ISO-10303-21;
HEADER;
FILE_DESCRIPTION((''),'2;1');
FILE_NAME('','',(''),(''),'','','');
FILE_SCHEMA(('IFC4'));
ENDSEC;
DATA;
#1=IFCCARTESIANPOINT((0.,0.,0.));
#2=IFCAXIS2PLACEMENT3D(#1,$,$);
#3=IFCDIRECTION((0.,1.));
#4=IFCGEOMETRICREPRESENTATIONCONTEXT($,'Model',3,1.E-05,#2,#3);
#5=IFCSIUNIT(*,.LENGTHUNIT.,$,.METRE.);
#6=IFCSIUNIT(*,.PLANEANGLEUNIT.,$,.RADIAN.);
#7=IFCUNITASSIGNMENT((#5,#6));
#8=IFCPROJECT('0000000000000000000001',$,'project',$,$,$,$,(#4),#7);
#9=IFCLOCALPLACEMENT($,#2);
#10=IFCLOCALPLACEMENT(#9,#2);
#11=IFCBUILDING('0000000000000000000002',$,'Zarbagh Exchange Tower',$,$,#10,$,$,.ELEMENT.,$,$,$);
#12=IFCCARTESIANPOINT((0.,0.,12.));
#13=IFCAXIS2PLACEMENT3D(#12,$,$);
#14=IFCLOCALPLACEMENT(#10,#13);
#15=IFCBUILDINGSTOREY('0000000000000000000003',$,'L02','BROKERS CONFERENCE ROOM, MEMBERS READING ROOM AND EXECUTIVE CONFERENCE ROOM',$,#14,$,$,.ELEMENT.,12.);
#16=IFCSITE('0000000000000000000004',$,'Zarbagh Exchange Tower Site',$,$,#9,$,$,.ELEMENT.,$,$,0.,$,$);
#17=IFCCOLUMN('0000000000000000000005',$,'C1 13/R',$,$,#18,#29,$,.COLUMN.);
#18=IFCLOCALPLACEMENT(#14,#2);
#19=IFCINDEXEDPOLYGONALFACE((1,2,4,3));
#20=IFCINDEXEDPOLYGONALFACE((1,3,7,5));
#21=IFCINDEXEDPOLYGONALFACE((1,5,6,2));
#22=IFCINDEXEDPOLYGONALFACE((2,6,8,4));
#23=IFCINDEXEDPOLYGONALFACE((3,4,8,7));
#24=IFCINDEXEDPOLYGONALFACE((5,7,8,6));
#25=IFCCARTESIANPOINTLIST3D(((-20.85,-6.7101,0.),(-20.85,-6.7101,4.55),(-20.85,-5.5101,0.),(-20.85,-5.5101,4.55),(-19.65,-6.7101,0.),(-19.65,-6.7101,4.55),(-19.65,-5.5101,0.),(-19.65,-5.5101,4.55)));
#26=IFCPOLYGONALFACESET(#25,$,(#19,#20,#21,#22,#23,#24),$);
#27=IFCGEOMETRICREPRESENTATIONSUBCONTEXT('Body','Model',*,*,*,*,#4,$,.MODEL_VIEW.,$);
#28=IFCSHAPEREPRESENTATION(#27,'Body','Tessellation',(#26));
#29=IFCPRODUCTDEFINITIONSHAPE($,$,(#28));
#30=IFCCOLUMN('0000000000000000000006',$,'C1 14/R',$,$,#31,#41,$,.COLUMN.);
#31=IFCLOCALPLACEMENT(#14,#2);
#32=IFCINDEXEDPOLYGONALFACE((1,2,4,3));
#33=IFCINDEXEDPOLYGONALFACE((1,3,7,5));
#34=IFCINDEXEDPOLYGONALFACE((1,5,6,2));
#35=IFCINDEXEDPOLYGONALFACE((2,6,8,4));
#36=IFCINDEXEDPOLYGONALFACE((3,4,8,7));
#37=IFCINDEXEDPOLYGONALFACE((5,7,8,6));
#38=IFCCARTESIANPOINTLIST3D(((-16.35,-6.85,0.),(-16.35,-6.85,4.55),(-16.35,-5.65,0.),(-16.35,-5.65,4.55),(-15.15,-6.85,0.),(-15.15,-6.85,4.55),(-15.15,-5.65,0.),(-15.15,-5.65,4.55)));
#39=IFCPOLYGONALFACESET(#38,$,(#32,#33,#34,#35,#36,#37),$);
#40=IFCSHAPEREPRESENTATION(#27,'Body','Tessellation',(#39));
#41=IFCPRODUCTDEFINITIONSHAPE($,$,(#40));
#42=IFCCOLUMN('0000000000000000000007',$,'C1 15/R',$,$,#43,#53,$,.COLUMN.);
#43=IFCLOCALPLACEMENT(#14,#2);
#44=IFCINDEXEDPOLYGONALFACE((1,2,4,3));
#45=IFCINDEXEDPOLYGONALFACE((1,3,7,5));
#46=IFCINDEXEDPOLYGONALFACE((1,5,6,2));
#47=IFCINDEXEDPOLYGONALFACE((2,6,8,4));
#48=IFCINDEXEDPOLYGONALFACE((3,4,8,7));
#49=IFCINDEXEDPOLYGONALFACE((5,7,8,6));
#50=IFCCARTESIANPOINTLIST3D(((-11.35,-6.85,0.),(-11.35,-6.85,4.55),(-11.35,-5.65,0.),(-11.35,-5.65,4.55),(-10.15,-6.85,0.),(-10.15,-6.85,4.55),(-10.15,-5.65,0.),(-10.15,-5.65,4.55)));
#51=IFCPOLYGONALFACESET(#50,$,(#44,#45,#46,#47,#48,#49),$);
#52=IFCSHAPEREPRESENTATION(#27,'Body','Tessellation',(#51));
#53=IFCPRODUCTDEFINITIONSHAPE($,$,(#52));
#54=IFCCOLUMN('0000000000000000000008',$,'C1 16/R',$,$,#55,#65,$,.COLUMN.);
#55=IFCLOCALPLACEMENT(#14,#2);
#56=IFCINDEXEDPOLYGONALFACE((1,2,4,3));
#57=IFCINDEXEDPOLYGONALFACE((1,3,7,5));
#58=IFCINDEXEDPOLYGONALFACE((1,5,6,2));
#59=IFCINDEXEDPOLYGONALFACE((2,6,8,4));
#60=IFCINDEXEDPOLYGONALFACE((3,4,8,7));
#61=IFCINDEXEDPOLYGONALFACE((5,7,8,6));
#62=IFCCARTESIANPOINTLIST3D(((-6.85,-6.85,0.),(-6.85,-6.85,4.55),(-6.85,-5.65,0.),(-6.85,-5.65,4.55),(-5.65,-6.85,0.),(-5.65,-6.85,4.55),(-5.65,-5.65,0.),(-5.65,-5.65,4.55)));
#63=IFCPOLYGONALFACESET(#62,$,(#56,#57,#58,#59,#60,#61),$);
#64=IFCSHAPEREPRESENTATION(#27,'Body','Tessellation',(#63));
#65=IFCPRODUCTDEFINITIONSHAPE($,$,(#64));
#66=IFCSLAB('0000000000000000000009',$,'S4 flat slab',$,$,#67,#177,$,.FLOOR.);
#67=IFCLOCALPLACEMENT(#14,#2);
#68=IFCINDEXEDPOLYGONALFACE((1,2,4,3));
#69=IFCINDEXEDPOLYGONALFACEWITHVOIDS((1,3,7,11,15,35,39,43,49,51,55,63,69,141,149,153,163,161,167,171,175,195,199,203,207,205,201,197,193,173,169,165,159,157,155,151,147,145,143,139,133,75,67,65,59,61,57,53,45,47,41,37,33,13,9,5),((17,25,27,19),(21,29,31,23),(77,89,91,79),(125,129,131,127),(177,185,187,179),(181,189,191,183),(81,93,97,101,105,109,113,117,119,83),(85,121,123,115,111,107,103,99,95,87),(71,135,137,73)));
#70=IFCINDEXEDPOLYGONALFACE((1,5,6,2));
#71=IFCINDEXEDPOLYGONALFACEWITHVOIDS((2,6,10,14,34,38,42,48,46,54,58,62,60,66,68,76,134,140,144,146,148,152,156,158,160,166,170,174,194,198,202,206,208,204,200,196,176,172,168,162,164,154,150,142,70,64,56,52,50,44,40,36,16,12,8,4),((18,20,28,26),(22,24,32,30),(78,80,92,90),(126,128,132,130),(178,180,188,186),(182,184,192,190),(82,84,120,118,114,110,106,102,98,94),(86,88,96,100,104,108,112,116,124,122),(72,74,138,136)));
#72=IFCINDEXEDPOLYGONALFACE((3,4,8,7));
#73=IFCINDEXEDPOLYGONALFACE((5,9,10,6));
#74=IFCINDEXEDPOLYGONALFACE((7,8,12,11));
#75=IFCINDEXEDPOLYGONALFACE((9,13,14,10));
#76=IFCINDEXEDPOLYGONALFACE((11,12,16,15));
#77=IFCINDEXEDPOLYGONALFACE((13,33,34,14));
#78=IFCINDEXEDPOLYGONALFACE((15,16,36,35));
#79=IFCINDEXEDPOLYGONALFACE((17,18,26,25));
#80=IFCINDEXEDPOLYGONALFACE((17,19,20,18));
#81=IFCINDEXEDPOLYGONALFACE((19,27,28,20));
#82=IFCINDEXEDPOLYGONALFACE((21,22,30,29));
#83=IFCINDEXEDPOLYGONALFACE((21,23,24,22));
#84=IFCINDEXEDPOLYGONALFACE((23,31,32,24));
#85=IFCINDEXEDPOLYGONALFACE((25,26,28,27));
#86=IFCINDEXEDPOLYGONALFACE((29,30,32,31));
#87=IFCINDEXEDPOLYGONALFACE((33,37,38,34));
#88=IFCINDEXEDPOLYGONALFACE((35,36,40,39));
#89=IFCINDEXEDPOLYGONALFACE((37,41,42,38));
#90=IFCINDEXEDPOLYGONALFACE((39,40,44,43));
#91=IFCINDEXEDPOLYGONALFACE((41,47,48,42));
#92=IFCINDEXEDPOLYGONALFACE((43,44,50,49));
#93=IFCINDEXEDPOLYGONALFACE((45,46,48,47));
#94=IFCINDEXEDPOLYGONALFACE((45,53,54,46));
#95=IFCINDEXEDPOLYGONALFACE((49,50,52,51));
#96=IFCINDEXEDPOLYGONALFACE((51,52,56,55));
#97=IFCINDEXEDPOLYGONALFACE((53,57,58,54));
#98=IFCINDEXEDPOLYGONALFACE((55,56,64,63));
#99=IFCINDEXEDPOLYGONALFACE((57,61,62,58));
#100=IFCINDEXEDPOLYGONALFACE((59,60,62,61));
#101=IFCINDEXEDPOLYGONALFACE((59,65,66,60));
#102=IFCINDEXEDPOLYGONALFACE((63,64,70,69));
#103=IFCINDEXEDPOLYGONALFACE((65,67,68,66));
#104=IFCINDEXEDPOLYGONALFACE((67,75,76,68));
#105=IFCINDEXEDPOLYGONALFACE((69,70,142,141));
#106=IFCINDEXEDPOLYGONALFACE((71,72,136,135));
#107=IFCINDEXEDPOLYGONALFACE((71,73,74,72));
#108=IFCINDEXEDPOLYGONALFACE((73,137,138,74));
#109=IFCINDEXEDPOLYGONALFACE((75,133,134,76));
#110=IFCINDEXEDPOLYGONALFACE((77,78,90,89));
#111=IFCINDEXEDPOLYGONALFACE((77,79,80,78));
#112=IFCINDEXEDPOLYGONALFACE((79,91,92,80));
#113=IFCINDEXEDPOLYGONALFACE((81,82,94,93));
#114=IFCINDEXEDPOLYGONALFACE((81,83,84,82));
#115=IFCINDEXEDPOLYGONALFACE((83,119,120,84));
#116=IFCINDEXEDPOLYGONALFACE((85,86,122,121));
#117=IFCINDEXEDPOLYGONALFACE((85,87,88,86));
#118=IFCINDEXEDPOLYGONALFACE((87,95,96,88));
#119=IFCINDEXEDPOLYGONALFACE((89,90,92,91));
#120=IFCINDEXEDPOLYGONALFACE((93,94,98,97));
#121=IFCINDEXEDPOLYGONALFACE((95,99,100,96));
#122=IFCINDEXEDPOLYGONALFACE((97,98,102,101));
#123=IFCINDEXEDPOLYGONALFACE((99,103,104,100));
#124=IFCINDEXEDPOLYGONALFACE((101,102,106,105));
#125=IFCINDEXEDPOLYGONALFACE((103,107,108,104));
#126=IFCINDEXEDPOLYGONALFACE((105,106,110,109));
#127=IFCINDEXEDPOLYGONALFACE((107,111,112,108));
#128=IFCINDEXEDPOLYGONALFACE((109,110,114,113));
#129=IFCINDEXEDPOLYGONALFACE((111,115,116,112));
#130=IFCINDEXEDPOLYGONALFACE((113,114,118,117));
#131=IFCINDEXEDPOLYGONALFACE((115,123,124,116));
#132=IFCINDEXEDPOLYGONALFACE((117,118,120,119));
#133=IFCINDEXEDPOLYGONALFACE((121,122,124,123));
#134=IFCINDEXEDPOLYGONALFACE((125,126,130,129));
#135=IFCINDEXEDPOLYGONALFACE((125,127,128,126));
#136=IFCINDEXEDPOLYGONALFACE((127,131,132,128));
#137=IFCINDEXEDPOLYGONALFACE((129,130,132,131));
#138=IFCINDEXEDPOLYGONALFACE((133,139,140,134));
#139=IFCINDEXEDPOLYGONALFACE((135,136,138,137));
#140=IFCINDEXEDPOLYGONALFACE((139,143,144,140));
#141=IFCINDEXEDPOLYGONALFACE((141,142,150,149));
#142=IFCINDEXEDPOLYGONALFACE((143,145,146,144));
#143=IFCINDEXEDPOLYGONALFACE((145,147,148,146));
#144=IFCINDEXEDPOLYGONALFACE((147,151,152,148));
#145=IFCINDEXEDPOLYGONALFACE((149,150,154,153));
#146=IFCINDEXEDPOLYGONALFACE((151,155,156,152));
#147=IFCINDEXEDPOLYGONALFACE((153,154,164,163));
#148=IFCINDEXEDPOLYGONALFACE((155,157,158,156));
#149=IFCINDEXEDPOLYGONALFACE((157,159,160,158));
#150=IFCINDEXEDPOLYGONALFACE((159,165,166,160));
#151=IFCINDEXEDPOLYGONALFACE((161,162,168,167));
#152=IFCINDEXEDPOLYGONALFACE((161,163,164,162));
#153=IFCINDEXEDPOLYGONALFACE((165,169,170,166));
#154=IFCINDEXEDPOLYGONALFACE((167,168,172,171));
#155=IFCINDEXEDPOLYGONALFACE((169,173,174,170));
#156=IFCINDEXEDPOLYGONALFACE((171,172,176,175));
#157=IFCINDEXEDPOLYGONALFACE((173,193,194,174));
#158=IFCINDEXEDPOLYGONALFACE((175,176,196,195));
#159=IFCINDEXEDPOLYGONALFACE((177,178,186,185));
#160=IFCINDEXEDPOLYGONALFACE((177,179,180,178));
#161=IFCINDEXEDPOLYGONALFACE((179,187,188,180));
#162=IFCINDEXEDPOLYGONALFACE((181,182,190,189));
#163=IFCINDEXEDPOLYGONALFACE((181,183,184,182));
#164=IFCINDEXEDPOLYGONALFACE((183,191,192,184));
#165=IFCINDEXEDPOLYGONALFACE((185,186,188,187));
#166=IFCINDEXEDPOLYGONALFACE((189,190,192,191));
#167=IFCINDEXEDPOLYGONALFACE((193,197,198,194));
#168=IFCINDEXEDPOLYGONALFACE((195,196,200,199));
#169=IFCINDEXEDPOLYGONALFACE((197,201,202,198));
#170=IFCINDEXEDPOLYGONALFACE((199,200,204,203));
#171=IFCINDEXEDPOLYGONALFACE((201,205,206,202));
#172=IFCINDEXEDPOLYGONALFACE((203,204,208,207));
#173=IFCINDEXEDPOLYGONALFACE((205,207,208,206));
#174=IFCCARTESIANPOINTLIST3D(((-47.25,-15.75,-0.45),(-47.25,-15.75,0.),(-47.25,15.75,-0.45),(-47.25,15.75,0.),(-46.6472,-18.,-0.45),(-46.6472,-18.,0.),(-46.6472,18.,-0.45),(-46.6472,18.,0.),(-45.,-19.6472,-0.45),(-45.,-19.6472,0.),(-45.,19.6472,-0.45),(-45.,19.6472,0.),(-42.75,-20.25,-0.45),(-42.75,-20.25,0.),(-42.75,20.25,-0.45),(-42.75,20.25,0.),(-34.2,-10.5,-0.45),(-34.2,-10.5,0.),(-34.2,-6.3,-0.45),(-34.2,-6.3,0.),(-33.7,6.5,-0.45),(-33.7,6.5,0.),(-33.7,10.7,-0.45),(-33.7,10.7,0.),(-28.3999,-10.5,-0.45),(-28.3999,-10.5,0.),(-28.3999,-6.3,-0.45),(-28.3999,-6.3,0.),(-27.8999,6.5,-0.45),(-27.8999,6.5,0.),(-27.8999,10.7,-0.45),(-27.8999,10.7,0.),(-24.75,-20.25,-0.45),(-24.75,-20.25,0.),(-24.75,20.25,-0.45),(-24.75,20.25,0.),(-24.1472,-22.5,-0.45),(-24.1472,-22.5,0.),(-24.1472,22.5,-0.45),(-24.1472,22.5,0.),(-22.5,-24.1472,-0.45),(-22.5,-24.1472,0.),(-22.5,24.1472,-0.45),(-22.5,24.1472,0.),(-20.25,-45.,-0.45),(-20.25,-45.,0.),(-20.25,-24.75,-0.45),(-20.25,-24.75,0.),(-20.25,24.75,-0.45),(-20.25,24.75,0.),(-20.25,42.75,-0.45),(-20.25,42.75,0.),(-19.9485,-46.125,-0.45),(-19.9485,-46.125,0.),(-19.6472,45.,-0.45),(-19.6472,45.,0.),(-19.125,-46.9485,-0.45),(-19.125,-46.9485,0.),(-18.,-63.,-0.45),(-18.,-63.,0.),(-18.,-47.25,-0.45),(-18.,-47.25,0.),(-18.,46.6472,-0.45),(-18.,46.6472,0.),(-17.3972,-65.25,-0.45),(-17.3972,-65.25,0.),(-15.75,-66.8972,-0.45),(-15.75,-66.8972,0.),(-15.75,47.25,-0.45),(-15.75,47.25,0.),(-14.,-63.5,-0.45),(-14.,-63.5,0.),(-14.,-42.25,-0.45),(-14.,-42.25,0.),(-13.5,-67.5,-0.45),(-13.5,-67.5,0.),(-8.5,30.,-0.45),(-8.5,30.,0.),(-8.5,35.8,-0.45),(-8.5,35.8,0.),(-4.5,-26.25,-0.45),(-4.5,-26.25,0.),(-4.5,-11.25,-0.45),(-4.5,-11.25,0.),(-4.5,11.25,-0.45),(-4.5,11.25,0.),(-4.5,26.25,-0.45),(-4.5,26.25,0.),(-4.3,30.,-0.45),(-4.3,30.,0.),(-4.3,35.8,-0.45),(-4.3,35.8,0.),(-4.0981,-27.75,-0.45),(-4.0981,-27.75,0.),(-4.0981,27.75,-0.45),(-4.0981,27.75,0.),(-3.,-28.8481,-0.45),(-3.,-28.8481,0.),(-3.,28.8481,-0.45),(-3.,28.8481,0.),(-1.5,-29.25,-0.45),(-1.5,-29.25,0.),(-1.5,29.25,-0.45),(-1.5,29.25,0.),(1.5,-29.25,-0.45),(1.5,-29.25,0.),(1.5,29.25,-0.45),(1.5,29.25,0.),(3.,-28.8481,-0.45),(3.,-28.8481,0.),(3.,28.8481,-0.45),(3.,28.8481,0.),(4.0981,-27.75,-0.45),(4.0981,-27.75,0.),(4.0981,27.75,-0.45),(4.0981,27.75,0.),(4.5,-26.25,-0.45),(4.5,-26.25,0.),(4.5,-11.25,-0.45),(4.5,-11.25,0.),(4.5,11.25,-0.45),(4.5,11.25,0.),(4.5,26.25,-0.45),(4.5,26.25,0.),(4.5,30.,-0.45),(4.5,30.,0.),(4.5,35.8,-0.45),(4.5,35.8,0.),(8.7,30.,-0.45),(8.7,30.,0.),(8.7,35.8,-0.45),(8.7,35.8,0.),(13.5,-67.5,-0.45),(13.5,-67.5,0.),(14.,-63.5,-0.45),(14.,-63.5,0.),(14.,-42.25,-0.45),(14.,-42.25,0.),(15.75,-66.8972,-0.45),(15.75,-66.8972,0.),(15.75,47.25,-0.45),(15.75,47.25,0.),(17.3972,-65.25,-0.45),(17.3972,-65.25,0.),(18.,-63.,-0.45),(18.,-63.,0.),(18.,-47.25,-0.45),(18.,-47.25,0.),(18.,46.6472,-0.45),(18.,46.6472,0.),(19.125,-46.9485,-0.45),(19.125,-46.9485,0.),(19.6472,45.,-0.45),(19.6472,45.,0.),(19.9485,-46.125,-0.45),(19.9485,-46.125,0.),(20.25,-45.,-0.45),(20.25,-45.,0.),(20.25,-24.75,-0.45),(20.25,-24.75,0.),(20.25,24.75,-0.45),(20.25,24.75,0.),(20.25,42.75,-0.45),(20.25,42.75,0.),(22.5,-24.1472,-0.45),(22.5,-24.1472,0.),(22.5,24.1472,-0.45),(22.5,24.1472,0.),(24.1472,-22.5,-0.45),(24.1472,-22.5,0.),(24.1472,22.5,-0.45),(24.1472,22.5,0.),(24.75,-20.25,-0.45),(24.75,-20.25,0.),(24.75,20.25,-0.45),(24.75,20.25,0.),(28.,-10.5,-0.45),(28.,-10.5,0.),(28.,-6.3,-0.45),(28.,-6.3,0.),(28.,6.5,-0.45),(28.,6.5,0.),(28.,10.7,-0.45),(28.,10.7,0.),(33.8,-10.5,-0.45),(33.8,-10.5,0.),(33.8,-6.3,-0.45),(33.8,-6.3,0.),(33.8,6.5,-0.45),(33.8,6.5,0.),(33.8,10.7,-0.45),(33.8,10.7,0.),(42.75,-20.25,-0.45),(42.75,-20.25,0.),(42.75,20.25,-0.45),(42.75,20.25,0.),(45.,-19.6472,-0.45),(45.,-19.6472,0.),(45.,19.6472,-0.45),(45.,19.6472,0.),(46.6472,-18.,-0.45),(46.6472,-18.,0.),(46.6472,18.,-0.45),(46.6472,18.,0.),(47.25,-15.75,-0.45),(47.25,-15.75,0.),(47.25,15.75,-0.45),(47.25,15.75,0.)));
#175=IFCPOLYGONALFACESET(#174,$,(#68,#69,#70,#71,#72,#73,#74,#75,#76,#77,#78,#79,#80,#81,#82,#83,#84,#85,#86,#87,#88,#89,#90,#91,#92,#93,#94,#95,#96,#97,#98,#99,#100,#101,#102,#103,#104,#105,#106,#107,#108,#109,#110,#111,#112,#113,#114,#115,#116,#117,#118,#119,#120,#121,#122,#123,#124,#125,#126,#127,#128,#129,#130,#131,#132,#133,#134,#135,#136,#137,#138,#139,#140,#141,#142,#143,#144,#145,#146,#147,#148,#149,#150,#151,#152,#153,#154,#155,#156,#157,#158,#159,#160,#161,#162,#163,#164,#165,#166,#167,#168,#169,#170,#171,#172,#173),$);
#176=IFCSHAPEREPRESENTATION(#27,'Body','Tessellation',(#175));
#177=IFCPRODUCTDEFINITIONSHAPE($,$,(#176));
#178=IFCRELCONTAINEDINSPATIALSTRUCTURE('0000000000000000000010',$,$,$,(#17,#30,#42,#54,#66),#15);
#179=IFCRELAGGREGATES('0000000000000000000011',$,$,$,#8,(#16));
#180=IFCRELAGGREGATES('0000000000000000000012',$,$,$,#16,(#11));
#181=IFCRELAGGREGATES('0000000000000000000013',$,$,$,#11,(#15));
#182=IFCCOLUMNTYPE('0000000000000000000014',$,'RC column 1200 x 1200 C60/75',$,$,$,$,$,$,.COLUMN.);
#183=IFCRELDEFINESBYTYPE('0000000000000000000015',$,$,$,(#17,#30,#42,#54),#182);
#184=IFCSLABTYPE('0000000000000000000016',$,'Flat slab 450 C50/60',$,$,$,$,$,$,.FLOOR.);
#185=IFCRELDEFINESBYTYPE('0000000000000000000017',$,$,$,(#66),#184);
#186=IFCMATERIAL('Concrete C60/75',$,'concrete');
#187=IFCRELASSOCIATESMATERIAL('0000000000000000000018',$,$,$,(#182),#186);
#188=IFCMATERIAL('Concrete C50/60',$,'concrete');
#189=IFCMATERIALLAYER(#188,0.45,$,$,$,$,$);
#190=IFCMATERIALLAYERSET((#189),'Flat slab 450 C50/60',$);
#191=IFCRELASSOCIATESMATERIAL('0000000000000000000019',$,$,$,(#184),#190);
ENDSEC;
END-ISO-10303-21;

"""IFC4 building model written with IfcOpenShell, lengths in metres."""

from ifc_helpers import new_model, si_unit, direction, frame, origin, origin_2d, place, context, subcontext, project, spatial, polyline, rectangle, outline, extrude, material, layer, layer_set, material_profile, profile_set, type_object, element, save


model = new_model("IFC4")

# Units and contexts
model_context = context("Model", 3, precision=1e-05, world=origin(), true_north=direction((0.0, 1.0)))
body_context = subcontext(model_context, "Body", "Model", "MODEL_VIEW")
ifc_project = project(units=[si_unit("LENGTHUNIT", "METRE"), si_unit("PLANEANGLEUNIT", "RADIAN")], contexts=[model_context])

# Site, building, storey
site_placement = place(None, origin())
site = spatial("IfcSite", under=ifc_project, at=site_placement, Name="Zarbagh Exchange Tower Site", CompositionType="ELEMENT", RefElevation=0.0)
building_placement = place(site_placement, origin())
building = spatial("IfcBuilding", under=site, at=building_placement, Name="Zarbagh Exchange Tower", CompositionType="ELEMENT")
storey_placement = place(building_placement, frame((0.0, 0.0, 12.0)))
storey = spatial("IfcBuildingStorey", under=building, at=storey_placement, Name="L02", Description="BROKERS CONFERENCE ROOM, MEMBERS READING ROOM AND EXECUTIVE CONFERENCE ROOM", CompositionType="ELEMENT", Elevation=12.0)

# Columns
ifc_material_1 = material(Name="Concrete C60/75", Category="concrete")
ifc_material_profile = material_profile(ifc_material_1, rectangle(XDim=1.2, YDim=1.2, at=origin_2d()), Name="RC column 1200 x 1200 C60/75")
ifc_profile_set = profile_set([ifc_material_profile], Name="Concrete C60/75")
column_type = type_object("IfcColumnType", Name="RC column 1200 x 1200 C60/75", PredefinedType="COLUMN", material=ifc_profile_set)
for number, where, z_axis, x_axis, name in (
    (1, (-20.25, -6.1101, 0.0), (0.0, 0.0, 1.0), (1.0, 0.0, 0.0), "C1 13/R"),
    (2, (-15.75, -6.25, 0.0), (0.0, 0.0, 1.0), (1.0, 0.0, 0.0), "C1 14/R"),
    (3, (-10.75, -6.25, 0.0), (0.0, 0.0, 1.0), (1.0, 0.0, 0.0), "C1 15/R"),
    (4, (-6.25, -6.25, 0.0), (0.0, 0.0, 1.0), (1.0, 0.0, 0.0), "C1 16/R"),
):
    element("IfcColumn", number, at=place(storey_placement, frame(where, z_axis=z_axis, x_axis=x_axis)), inside=storey, type_object=column_type, Name=name, PredefinedType="COLUMN", context=body_context, shape_type="SweptSolid", body=[
        extrude(rectangle(XDim=1.2, YDim=1.2, at=origin_2d()), origin(), (0.0, 0.0, 1.0), 4.55),
    ])

# Slab
ifc_material_2 = material(Name="Concrete C50/60", Category="concrete")
ifc_layer_1 = layer(ifc_material_2, 0.45)
ifc_layer_set_1 = layer_set([ifc_layer_1], Name="Flat slab 450 C50/60")
slab_type_1 = type_object("IfcSlabType", Name="Flat slab 450 C50/60", PredefinedType="FLOOR", material=ifc_layer_set_1)
slab_1_placement = place(storey_placement, frame((0.0, 0.0, -0.45)))
element("IfcSlab", 5, at=slab_1_placement, inside=storey, type_object=slab_type_1, Name="S4 flat slab", PredefinedType="FLOOR", context=body_context, shape_type="SweptSolid", body=[
    extrude(outline(polyline([(-17.3972, -65.25), (-18.0, -63.0), (-18.0, -47.25), (-19.125, -46.9485), (-19.9485, -46.125), (-20.25, -45.0), (-20.25, -24.75), (-22.5, -24.1472), (-24.1472, -22.5), (-24.75, -20.25), (-42.75, -20.25), (-45.0, -19.6472), (-46.6472, -18.0), (-47.25, -15.75), (-47.25, 15.75), (-46.6472, 18.0), (-45.0, 19.6472), (-42.75, 20.25), (-24.75, 20.25), (-24.1472, 22.5), (-22.5, 24.1472), (-20.25, 24.75), (-20.25, 42.75), (-19.6472, 45.0), (-18.0, 46.6472), (-15.75, 47.25), (15.75, 47.25), (18.0, 46.6472), (19.6472, 45.0), (20.25, 42.75), (20.25, 24.75), (22.5, 24.1472), (24.1472, 22.5), (24.75, 20.25), (42.75, 20.25), (45.0, 19.6472), (46.6472, 18.0), (47.25, 15.75), (47.25, -15.75), (46.6472, -18.0), (45.0, -19.6472), (42.75, -20.25), (24.75, -20.25), (24.1472, -22.5), (22.5, -24.1472), (20.25, -24.75), (20.25, -45.0), (19.9485, -46.125), (19.125, -46.9485), (18.0, -47.25), (18.0, -63.0), (17.3972, -65.25), (15.75, -66.8972), (13.5, -67.5), (-13.5, -67.5), (-15.75, -66.8972), (-17.3972, -65.25)]), holes=[polyline([(-14.0, -63.5), (14.0, -63.5), (14.0, -42.25), (-14.0, -42.25), (-14.0, -63.5)]), polyline([(4.5, 26.25), (4.0981, 27.75), (3.0, 28.8481), (1.5, 29.25), (-1.5, 29.25), (-3.0, 28.8481), (-4.0981, 27.75), (-4.5, 26.25), (-4.5, 11.25), (4.5, 11.25), (4.5, 26.25)]), polyline([(1.5, -29.25), (3.0, -28.8481), (4.0981, -27.75), (4.5, -26.25), (4.5, -11.25), (-4.5, -11.25), (-4.5, -26.25), (-4.0981, -27.75), (-3.0, -28.8481), (-1.5, -29.25), (1.5, -29.25)]), polyline([(-34.2, -6.3), (-34.2, -10.5), (-28.3999, -10.5), (-28.3999, -6.3), (-34.2, -6.3)]), polyline([(28.0, -10.5), (33.8, -10.5), (33.8, -6.3), (28.0, -6.3), (28.0, -10.5)]), polyline([(-27.8999, 10.7), (-33.7, 10.7), (-33.7, 6.5), (-27.8999, 6.5), (-27.8999, 10.7)]), polyline([(33.8, 6.5), (33.8, 10.7), (28.0, 10.7), (28.0, 6.5), (33.8, 6.5)]), polyline([(-4.3, 30.0), (-4.3, 35.8), (-8.5, 35.8), (-8.5, 30.0), (-4.3, 30.0)]), polyline([(8.7, 30.0), (8.7, 35.8), (4.5, 35.8), (4.5, 30.0), (8.7, 30.0)])]), origin(), (0.0, 0.0, 1.0), 0.45),
])

save(model, "model.ifc")
